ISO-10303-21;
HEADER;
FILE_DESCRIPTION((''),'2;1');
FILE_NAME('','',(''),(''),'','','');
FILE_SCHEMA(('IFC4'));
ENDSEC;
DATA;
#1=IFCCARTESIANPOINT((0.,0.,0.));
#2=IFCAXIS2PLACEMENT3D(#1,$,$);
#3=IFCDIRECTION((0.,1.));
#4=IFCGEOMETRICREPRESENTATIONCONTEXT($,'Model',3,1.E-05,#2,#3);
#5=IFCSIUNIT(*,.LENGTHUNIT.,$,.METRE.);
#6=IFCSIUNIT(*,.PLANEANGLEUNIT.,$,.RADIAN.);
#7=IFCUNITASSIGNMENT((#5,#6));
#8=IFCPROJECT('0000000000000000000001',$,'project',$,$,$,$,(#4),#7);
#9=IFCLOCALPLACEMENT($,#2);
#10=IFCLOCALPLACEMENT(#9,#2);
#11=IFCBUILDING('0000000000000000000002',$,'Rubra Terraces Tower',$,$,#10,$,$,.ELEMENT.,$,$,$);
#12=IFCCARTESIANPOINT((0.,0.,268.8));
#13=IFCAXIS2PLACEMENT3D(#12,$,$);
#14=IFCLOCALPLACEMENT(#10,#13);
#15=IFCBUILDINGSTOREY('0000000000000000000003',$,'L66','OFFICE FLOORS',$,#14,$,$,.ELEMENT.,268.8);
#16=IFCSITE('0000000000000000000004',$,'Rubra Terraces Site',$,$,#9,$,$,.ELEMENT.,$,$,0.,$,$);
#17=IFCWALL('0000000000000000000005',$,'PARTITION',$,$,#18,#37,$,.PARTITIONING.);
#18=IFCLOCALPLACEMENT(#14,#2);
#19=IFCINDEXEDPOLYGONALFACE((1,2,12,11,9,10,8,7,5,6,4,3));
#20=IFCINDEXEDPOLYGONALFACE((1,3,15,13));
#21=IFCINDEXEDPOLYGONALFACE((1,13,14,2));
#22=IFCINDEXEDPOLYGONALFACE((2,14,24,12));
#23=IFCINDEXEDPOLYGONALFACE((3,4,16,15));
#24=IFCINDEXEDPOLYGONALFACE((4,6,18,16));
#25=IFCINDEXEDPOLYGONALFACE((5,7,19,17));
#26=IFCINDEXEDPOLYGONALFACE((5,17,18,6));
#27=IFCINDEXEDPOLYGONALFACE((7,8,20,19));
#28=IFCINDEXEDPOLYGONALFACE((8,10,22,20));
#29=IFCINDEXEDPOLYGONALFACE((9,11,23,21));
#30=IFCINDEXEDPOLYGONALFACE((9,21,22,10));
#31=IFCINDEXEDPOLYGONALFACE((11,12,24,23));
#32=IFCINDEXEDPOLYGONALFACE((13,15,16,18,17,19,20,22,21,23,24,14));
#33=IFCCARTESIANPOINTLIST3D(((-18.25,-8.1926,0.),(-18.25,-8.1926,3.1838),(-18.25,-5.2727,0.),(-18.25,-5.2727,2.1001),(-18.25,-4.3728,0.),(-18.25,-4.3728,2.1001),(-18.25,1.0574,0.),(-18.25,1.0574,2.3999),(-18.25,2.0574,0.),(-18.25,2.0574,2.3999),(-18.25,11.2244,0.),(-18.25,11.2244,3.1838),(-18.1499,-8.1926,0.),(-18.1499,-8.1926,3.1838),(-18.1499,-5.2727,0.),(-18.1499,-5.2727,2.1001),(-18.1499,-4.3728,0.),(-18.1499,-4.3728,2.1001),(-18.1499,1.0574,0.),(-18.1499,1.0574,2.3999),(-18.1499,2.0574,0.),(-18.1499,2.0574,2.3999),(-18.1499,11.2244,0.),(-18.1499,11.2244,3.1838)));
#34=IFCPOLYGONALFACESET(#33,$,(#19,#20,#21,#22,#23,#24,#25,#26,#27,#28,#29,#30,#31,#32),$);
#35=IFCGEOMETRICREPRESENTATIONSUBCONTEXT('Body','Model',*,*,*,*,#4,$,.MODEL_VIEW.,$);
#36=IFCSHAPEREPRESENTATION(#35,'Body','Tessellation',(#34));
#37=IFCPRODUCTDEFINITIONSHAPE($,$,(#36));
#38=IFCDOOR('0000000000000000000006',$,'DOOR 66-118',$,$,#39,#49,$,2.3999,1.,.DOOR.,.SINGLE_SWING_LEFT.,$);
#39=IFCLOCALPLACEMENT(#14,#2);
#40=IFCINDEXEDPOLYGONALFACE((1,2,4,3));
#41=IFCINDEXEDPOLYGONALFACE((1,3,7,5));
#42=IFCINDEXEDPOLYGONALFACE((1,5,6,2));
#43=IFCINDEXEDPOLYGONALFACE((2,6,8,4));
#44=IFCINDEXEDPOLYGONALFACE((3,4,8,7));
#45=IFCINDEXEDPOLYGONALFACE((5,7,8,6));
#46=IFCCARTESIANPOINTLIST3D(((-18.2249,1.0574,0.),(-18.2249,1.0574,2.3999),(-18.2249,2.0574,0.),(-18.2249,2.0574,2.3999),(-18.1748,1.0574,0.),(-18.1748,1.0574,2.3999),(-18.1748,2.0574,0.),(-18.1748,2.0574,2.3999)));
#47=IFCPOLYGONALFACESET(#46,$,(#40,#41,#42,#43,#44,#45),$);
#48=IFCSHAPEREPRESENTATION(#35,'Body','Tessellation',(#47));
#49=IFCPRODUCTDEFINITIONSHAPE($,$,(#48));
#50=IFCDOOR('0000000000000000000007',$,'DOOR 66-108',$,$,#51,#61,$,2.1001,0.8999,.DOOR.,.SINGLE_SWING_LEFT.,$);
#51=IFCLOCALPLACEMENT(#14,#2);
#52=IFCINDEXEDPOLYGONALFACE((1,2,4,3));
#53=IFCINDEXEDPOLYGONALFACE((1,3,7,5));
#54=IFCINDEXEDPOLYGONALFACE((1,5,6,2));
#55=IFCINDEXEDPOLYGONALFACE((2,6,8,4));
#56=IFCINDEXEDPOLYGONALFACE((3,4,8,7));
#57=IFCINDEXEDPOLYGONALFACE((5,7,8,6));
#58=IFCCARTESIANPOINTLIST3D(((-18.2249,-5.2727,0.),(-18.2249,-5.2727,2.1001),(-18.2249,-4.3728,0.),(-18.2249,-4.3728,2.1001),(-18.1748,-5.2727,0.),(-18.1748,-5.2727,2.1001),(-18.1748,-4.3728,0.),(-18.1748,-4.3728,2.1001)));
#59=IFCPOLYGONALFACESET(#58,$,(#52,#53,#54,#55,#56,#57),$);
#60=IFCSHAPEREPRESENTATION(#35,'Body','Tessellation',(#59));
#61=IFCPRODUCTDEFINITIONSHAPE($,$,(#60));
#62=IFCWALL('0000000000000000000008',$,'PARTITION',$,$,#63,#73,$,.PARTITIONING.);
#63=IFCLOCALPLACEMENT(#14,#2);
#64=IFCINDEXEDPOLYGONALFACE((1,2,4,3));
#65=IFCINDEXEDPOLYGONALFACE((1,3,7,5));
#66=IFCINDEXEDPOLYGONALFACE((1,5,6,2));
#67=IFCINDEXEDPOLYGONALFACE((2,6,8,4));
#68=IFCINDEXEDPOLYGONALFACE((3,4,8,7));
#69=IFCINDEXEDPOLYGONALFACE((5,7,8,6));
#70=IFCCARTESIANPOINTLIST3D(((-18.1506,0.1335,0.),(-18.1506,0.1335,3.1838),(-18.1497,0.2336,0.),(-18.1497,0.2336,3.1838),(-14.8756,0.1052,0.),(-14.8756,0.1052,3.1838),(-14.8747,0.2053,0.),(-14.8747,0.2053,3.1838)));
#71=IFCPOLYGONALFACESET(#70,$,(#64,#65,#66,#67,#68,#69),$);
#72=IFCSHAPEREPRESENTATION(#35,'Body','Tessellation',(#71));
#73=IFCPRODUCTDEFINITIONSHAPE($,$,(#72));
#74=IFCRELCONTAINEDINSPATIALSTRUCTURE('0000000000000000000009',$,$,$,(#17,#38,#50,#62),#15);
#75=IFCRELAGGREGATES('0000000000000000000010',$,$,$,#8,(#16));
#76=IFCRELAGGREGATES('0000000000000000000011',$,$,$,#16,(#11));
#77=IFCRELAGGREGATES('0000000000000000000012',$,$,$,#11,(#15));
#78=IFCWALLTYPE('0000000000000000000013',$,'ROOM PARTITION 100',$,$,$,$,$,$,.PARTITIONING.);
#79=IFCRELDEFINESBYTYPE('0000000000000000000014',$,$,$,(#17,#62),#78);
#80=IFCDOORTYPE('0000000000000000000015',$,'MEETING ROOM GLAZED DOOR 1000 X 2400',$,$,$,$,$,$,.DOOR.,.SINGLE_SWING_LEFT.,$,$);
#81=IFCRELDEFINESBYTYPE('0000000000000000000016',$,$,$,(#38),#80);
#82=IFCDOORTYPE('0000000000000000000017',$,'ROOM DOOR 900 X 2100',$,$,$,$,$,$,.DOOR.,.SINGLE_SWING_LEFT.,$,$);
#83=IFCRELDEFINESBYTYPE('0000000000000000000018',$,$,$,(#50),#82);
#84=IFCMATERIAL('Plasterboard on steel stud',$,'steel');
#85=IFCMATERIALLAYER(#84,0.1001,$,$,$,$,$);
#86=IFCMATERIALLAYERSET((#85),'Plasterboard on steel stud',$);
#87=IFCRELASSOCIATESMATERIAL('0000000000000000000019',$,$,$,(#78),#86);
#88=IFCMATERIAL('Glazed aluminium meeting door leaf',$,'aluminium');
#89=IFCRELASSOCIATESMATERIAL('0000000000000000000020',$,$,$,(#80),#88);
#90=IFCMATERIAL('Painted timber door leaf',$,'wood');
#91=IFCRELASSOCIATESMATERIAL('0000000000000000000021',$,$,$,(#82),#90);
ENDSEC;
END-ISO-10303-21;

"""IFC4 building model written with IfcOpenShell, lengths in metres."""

from ifc_helpers import new_model, si_unit, direction, frame, frame_2d, origin, place, context, subcontext, project, spatial, rectangle, extrude, material, layer, layer_set, type_object, element, fill, save


model = new_model("IFC4")

# Units and contexts
model_context = context("Model", 3, precision=1e-05, world=origin(), true_north=direction((0.0, 1.0)))
body_context = subcontext(model_context, "Body", "Model", "MODEL_VIEW")
ifc_project = project(units=[si_unit("LENGTHUNIT", "METRE"), si_unit("PLANEANGLEUNIT", "RADIAN")], contexts=[model_context])

# Site, building, storey
site_placement = place(None, origin())
site = spatial("IfcSite", under=ifc_project, at=site_placement, Name="Rubra Terraces Site", CompositionType="ELEMENT", RefElevation=0.0)
building_placement = place(site_placement, origin())
building = spatial("IfcBuilding", under=site, at=building_placement, Name="Rubra Terraces Tower", CompositionType="ELEMENT")
storey_placement = place(building_placement, frame((0.0, 0.0, 268.8)))
storey = spatial("IfcBuildingStorey", under=building, at=storey_placement, Name="L66", Description="OFFICE FLOORS", CompositionType="ELEMENT", Elevation=268.8)

# Wall, openings, doors
ifc_material_1 = material(Name="Plasterboard on steel stud", Category="steel")
ifc_layer_1 = layer(ifc_material_1, 0.1001)
ifc_layer_set_1 = layer_set([ifc_layer_1], Name="Plasterboard on steel stud")
wall_type_1 = type_object("IfcWallType", Name="ROOM PARTITION 100", PredefinedType="PARTITIONING", material=ifc_layer_set_1)
wall_1_placement = place(storey_placement, frame((-18.2, -8.1926, 0.0), z_axis=(0.0, 0.0, 1.0), x_axis=(0.0, 1.0, 0.0)))
wall_1 = element("IfcWall", 1, at=wall_1_placement, inside=storey, type_object=wall_type_1, Name="PARTITION", PredefinedType="PARTITIONING", context=body_context, shape_type="SweptSolid", body=[
    extrude(rectangle(XDim=19.417, YDim=0.1001, at=frame_2d((9.7085, 0.0))), origin(), (0.0, 0.0, 1.0), 3.1838),
])
opening_1_placement = place(wall_1_placement, frame((2.9199, 0.0, 0.0)))
opening_1 = element("IfcOpeningElement", 2, at=opening_1_placement, cuts=wall_1, PredefinedType="OPENING", context=body_context, shape_type="SweptSolid", body=[
    extrude(rectangle(XDim=0.8999, YDim=2.1001, at=frame_2d((0.45, 1.05))), frame((0.0, 0.0601, 0.0), z_axis=(0.0, -1.0, 0.0), x_axis=(1.0, 0.0, 0.0)), (0.0, 0.0, 1.0), 0.1201),
])
opening_2_placement = place(wall_1_placement, frame((9.25, 0.0, 0.0)))
opening_2 = element("IfcOpeningElement", 3, at=opening_2_placement, cuts=wall_1, PredefinedType="OPENING", context=body_context, shape_type="SweptSolid", body=[
    extrude(rectangle(XDim=1.0, YDim=2.3999, at=frame_2d((0.5, 1.2))), frame((0.0, 0.0601, 0.0), z_axis=(0.0, -1.0, 0.0), x_axis=(1.0, 0.0, 0.0)), (0.0, 0.0, 1.0), 0.1201),
])
ifc_material_2 = material(Name="Glazed aluminium meeting door leaf", Category="aluminium")
door_type_1 = type_object("IfcDoorType", Name="MEETING ROOM GLAZED DOOR 1000 X 2400", OperationType="SINGLE_SWING_LEFT", PredefinedType="DOOR", material=ifc_material_2)
door_1_placement = place(opening_2_placement, origin())
door_1 = element("IfcDoor", 4, at=door_1_placement, inside=storey, type_object=door_type_1, Name="DOOR 66-118", OperationType="SINGLE_SWING_LEFT", OverallHeight=2.3999, OverallWidth=1.0, PredefinedType="DOOR", context=body_context, shape_type="SweptSolid", body=[
    extrude(rectangle(XDim=1.0, YDim=2.3999, at=frame_2d((0.5, 1.2))), frame((0.0, 0.0249, 0.0), z_axis=(0.0, -1.0, 0.0), x_axis=(1.0, 0.0, 0.0)), (0.0, 0.0, 1.0), 0.05),
])
fill(opening_2, door_1)
ifc_material_3 = material(Name="Painted timber door leaf", Category="wood")
door_type_2 = type_object("IfcDoorType", Name="ROOM DOOR 900 X 2100", OperationType="SINGLE_SWING_LEFT", PredefinedType="DOOR", material=ifc_material_3)
door_2_placement = place(opening_1_placement, origin())
door_2 = element("IfcDoor", 5, at=door_2_placement, inside=storey, type_object=door_type_2, Name="DOOR 66-108", OperationType="SINGLE_SWING_LEFT", OverallHeight=2.1001, OverallWidth=0.8999, PredefinedType="DOOR", context=body_context, shape_type="SweptSolid", body=[
    extrude(rectangle(XDim=0.8999, YDim=2.1001, at=frame_2d((0.45, 1.05))), frame((0.0, 0.0249, 0.0), z_axis=(0.0, -1.0, 0.0), x_axis=(1.0, 0.0, 0.0)), (0.0, 0.0, 1.0), 0.05),
])
fill(opening_1, door_2)

# Wall
wall_2_placement = place(storey_placement, frame((-14.875, 0.1553, 0.0), z_axis=(0.0, 0.0, 1.0), x_axis=(-0.999963, 0.008647, 0.0)))
element("IfcWall", 6, at=wall_2_placement, inside=storey, type_object=wall_type_1, Name="PARTITION", PredefinedType="PARTITIONING", context=body_context, shape_type="SweptSolid", body=[
    extrude(rectangle(XDim=3.2751, YDim=0.1001, at=frame_2d((1.6377, 0.0))), origin(), (0.0, 0.0, 1.0), 3.1838),
])

save(model, "model.ifc")
